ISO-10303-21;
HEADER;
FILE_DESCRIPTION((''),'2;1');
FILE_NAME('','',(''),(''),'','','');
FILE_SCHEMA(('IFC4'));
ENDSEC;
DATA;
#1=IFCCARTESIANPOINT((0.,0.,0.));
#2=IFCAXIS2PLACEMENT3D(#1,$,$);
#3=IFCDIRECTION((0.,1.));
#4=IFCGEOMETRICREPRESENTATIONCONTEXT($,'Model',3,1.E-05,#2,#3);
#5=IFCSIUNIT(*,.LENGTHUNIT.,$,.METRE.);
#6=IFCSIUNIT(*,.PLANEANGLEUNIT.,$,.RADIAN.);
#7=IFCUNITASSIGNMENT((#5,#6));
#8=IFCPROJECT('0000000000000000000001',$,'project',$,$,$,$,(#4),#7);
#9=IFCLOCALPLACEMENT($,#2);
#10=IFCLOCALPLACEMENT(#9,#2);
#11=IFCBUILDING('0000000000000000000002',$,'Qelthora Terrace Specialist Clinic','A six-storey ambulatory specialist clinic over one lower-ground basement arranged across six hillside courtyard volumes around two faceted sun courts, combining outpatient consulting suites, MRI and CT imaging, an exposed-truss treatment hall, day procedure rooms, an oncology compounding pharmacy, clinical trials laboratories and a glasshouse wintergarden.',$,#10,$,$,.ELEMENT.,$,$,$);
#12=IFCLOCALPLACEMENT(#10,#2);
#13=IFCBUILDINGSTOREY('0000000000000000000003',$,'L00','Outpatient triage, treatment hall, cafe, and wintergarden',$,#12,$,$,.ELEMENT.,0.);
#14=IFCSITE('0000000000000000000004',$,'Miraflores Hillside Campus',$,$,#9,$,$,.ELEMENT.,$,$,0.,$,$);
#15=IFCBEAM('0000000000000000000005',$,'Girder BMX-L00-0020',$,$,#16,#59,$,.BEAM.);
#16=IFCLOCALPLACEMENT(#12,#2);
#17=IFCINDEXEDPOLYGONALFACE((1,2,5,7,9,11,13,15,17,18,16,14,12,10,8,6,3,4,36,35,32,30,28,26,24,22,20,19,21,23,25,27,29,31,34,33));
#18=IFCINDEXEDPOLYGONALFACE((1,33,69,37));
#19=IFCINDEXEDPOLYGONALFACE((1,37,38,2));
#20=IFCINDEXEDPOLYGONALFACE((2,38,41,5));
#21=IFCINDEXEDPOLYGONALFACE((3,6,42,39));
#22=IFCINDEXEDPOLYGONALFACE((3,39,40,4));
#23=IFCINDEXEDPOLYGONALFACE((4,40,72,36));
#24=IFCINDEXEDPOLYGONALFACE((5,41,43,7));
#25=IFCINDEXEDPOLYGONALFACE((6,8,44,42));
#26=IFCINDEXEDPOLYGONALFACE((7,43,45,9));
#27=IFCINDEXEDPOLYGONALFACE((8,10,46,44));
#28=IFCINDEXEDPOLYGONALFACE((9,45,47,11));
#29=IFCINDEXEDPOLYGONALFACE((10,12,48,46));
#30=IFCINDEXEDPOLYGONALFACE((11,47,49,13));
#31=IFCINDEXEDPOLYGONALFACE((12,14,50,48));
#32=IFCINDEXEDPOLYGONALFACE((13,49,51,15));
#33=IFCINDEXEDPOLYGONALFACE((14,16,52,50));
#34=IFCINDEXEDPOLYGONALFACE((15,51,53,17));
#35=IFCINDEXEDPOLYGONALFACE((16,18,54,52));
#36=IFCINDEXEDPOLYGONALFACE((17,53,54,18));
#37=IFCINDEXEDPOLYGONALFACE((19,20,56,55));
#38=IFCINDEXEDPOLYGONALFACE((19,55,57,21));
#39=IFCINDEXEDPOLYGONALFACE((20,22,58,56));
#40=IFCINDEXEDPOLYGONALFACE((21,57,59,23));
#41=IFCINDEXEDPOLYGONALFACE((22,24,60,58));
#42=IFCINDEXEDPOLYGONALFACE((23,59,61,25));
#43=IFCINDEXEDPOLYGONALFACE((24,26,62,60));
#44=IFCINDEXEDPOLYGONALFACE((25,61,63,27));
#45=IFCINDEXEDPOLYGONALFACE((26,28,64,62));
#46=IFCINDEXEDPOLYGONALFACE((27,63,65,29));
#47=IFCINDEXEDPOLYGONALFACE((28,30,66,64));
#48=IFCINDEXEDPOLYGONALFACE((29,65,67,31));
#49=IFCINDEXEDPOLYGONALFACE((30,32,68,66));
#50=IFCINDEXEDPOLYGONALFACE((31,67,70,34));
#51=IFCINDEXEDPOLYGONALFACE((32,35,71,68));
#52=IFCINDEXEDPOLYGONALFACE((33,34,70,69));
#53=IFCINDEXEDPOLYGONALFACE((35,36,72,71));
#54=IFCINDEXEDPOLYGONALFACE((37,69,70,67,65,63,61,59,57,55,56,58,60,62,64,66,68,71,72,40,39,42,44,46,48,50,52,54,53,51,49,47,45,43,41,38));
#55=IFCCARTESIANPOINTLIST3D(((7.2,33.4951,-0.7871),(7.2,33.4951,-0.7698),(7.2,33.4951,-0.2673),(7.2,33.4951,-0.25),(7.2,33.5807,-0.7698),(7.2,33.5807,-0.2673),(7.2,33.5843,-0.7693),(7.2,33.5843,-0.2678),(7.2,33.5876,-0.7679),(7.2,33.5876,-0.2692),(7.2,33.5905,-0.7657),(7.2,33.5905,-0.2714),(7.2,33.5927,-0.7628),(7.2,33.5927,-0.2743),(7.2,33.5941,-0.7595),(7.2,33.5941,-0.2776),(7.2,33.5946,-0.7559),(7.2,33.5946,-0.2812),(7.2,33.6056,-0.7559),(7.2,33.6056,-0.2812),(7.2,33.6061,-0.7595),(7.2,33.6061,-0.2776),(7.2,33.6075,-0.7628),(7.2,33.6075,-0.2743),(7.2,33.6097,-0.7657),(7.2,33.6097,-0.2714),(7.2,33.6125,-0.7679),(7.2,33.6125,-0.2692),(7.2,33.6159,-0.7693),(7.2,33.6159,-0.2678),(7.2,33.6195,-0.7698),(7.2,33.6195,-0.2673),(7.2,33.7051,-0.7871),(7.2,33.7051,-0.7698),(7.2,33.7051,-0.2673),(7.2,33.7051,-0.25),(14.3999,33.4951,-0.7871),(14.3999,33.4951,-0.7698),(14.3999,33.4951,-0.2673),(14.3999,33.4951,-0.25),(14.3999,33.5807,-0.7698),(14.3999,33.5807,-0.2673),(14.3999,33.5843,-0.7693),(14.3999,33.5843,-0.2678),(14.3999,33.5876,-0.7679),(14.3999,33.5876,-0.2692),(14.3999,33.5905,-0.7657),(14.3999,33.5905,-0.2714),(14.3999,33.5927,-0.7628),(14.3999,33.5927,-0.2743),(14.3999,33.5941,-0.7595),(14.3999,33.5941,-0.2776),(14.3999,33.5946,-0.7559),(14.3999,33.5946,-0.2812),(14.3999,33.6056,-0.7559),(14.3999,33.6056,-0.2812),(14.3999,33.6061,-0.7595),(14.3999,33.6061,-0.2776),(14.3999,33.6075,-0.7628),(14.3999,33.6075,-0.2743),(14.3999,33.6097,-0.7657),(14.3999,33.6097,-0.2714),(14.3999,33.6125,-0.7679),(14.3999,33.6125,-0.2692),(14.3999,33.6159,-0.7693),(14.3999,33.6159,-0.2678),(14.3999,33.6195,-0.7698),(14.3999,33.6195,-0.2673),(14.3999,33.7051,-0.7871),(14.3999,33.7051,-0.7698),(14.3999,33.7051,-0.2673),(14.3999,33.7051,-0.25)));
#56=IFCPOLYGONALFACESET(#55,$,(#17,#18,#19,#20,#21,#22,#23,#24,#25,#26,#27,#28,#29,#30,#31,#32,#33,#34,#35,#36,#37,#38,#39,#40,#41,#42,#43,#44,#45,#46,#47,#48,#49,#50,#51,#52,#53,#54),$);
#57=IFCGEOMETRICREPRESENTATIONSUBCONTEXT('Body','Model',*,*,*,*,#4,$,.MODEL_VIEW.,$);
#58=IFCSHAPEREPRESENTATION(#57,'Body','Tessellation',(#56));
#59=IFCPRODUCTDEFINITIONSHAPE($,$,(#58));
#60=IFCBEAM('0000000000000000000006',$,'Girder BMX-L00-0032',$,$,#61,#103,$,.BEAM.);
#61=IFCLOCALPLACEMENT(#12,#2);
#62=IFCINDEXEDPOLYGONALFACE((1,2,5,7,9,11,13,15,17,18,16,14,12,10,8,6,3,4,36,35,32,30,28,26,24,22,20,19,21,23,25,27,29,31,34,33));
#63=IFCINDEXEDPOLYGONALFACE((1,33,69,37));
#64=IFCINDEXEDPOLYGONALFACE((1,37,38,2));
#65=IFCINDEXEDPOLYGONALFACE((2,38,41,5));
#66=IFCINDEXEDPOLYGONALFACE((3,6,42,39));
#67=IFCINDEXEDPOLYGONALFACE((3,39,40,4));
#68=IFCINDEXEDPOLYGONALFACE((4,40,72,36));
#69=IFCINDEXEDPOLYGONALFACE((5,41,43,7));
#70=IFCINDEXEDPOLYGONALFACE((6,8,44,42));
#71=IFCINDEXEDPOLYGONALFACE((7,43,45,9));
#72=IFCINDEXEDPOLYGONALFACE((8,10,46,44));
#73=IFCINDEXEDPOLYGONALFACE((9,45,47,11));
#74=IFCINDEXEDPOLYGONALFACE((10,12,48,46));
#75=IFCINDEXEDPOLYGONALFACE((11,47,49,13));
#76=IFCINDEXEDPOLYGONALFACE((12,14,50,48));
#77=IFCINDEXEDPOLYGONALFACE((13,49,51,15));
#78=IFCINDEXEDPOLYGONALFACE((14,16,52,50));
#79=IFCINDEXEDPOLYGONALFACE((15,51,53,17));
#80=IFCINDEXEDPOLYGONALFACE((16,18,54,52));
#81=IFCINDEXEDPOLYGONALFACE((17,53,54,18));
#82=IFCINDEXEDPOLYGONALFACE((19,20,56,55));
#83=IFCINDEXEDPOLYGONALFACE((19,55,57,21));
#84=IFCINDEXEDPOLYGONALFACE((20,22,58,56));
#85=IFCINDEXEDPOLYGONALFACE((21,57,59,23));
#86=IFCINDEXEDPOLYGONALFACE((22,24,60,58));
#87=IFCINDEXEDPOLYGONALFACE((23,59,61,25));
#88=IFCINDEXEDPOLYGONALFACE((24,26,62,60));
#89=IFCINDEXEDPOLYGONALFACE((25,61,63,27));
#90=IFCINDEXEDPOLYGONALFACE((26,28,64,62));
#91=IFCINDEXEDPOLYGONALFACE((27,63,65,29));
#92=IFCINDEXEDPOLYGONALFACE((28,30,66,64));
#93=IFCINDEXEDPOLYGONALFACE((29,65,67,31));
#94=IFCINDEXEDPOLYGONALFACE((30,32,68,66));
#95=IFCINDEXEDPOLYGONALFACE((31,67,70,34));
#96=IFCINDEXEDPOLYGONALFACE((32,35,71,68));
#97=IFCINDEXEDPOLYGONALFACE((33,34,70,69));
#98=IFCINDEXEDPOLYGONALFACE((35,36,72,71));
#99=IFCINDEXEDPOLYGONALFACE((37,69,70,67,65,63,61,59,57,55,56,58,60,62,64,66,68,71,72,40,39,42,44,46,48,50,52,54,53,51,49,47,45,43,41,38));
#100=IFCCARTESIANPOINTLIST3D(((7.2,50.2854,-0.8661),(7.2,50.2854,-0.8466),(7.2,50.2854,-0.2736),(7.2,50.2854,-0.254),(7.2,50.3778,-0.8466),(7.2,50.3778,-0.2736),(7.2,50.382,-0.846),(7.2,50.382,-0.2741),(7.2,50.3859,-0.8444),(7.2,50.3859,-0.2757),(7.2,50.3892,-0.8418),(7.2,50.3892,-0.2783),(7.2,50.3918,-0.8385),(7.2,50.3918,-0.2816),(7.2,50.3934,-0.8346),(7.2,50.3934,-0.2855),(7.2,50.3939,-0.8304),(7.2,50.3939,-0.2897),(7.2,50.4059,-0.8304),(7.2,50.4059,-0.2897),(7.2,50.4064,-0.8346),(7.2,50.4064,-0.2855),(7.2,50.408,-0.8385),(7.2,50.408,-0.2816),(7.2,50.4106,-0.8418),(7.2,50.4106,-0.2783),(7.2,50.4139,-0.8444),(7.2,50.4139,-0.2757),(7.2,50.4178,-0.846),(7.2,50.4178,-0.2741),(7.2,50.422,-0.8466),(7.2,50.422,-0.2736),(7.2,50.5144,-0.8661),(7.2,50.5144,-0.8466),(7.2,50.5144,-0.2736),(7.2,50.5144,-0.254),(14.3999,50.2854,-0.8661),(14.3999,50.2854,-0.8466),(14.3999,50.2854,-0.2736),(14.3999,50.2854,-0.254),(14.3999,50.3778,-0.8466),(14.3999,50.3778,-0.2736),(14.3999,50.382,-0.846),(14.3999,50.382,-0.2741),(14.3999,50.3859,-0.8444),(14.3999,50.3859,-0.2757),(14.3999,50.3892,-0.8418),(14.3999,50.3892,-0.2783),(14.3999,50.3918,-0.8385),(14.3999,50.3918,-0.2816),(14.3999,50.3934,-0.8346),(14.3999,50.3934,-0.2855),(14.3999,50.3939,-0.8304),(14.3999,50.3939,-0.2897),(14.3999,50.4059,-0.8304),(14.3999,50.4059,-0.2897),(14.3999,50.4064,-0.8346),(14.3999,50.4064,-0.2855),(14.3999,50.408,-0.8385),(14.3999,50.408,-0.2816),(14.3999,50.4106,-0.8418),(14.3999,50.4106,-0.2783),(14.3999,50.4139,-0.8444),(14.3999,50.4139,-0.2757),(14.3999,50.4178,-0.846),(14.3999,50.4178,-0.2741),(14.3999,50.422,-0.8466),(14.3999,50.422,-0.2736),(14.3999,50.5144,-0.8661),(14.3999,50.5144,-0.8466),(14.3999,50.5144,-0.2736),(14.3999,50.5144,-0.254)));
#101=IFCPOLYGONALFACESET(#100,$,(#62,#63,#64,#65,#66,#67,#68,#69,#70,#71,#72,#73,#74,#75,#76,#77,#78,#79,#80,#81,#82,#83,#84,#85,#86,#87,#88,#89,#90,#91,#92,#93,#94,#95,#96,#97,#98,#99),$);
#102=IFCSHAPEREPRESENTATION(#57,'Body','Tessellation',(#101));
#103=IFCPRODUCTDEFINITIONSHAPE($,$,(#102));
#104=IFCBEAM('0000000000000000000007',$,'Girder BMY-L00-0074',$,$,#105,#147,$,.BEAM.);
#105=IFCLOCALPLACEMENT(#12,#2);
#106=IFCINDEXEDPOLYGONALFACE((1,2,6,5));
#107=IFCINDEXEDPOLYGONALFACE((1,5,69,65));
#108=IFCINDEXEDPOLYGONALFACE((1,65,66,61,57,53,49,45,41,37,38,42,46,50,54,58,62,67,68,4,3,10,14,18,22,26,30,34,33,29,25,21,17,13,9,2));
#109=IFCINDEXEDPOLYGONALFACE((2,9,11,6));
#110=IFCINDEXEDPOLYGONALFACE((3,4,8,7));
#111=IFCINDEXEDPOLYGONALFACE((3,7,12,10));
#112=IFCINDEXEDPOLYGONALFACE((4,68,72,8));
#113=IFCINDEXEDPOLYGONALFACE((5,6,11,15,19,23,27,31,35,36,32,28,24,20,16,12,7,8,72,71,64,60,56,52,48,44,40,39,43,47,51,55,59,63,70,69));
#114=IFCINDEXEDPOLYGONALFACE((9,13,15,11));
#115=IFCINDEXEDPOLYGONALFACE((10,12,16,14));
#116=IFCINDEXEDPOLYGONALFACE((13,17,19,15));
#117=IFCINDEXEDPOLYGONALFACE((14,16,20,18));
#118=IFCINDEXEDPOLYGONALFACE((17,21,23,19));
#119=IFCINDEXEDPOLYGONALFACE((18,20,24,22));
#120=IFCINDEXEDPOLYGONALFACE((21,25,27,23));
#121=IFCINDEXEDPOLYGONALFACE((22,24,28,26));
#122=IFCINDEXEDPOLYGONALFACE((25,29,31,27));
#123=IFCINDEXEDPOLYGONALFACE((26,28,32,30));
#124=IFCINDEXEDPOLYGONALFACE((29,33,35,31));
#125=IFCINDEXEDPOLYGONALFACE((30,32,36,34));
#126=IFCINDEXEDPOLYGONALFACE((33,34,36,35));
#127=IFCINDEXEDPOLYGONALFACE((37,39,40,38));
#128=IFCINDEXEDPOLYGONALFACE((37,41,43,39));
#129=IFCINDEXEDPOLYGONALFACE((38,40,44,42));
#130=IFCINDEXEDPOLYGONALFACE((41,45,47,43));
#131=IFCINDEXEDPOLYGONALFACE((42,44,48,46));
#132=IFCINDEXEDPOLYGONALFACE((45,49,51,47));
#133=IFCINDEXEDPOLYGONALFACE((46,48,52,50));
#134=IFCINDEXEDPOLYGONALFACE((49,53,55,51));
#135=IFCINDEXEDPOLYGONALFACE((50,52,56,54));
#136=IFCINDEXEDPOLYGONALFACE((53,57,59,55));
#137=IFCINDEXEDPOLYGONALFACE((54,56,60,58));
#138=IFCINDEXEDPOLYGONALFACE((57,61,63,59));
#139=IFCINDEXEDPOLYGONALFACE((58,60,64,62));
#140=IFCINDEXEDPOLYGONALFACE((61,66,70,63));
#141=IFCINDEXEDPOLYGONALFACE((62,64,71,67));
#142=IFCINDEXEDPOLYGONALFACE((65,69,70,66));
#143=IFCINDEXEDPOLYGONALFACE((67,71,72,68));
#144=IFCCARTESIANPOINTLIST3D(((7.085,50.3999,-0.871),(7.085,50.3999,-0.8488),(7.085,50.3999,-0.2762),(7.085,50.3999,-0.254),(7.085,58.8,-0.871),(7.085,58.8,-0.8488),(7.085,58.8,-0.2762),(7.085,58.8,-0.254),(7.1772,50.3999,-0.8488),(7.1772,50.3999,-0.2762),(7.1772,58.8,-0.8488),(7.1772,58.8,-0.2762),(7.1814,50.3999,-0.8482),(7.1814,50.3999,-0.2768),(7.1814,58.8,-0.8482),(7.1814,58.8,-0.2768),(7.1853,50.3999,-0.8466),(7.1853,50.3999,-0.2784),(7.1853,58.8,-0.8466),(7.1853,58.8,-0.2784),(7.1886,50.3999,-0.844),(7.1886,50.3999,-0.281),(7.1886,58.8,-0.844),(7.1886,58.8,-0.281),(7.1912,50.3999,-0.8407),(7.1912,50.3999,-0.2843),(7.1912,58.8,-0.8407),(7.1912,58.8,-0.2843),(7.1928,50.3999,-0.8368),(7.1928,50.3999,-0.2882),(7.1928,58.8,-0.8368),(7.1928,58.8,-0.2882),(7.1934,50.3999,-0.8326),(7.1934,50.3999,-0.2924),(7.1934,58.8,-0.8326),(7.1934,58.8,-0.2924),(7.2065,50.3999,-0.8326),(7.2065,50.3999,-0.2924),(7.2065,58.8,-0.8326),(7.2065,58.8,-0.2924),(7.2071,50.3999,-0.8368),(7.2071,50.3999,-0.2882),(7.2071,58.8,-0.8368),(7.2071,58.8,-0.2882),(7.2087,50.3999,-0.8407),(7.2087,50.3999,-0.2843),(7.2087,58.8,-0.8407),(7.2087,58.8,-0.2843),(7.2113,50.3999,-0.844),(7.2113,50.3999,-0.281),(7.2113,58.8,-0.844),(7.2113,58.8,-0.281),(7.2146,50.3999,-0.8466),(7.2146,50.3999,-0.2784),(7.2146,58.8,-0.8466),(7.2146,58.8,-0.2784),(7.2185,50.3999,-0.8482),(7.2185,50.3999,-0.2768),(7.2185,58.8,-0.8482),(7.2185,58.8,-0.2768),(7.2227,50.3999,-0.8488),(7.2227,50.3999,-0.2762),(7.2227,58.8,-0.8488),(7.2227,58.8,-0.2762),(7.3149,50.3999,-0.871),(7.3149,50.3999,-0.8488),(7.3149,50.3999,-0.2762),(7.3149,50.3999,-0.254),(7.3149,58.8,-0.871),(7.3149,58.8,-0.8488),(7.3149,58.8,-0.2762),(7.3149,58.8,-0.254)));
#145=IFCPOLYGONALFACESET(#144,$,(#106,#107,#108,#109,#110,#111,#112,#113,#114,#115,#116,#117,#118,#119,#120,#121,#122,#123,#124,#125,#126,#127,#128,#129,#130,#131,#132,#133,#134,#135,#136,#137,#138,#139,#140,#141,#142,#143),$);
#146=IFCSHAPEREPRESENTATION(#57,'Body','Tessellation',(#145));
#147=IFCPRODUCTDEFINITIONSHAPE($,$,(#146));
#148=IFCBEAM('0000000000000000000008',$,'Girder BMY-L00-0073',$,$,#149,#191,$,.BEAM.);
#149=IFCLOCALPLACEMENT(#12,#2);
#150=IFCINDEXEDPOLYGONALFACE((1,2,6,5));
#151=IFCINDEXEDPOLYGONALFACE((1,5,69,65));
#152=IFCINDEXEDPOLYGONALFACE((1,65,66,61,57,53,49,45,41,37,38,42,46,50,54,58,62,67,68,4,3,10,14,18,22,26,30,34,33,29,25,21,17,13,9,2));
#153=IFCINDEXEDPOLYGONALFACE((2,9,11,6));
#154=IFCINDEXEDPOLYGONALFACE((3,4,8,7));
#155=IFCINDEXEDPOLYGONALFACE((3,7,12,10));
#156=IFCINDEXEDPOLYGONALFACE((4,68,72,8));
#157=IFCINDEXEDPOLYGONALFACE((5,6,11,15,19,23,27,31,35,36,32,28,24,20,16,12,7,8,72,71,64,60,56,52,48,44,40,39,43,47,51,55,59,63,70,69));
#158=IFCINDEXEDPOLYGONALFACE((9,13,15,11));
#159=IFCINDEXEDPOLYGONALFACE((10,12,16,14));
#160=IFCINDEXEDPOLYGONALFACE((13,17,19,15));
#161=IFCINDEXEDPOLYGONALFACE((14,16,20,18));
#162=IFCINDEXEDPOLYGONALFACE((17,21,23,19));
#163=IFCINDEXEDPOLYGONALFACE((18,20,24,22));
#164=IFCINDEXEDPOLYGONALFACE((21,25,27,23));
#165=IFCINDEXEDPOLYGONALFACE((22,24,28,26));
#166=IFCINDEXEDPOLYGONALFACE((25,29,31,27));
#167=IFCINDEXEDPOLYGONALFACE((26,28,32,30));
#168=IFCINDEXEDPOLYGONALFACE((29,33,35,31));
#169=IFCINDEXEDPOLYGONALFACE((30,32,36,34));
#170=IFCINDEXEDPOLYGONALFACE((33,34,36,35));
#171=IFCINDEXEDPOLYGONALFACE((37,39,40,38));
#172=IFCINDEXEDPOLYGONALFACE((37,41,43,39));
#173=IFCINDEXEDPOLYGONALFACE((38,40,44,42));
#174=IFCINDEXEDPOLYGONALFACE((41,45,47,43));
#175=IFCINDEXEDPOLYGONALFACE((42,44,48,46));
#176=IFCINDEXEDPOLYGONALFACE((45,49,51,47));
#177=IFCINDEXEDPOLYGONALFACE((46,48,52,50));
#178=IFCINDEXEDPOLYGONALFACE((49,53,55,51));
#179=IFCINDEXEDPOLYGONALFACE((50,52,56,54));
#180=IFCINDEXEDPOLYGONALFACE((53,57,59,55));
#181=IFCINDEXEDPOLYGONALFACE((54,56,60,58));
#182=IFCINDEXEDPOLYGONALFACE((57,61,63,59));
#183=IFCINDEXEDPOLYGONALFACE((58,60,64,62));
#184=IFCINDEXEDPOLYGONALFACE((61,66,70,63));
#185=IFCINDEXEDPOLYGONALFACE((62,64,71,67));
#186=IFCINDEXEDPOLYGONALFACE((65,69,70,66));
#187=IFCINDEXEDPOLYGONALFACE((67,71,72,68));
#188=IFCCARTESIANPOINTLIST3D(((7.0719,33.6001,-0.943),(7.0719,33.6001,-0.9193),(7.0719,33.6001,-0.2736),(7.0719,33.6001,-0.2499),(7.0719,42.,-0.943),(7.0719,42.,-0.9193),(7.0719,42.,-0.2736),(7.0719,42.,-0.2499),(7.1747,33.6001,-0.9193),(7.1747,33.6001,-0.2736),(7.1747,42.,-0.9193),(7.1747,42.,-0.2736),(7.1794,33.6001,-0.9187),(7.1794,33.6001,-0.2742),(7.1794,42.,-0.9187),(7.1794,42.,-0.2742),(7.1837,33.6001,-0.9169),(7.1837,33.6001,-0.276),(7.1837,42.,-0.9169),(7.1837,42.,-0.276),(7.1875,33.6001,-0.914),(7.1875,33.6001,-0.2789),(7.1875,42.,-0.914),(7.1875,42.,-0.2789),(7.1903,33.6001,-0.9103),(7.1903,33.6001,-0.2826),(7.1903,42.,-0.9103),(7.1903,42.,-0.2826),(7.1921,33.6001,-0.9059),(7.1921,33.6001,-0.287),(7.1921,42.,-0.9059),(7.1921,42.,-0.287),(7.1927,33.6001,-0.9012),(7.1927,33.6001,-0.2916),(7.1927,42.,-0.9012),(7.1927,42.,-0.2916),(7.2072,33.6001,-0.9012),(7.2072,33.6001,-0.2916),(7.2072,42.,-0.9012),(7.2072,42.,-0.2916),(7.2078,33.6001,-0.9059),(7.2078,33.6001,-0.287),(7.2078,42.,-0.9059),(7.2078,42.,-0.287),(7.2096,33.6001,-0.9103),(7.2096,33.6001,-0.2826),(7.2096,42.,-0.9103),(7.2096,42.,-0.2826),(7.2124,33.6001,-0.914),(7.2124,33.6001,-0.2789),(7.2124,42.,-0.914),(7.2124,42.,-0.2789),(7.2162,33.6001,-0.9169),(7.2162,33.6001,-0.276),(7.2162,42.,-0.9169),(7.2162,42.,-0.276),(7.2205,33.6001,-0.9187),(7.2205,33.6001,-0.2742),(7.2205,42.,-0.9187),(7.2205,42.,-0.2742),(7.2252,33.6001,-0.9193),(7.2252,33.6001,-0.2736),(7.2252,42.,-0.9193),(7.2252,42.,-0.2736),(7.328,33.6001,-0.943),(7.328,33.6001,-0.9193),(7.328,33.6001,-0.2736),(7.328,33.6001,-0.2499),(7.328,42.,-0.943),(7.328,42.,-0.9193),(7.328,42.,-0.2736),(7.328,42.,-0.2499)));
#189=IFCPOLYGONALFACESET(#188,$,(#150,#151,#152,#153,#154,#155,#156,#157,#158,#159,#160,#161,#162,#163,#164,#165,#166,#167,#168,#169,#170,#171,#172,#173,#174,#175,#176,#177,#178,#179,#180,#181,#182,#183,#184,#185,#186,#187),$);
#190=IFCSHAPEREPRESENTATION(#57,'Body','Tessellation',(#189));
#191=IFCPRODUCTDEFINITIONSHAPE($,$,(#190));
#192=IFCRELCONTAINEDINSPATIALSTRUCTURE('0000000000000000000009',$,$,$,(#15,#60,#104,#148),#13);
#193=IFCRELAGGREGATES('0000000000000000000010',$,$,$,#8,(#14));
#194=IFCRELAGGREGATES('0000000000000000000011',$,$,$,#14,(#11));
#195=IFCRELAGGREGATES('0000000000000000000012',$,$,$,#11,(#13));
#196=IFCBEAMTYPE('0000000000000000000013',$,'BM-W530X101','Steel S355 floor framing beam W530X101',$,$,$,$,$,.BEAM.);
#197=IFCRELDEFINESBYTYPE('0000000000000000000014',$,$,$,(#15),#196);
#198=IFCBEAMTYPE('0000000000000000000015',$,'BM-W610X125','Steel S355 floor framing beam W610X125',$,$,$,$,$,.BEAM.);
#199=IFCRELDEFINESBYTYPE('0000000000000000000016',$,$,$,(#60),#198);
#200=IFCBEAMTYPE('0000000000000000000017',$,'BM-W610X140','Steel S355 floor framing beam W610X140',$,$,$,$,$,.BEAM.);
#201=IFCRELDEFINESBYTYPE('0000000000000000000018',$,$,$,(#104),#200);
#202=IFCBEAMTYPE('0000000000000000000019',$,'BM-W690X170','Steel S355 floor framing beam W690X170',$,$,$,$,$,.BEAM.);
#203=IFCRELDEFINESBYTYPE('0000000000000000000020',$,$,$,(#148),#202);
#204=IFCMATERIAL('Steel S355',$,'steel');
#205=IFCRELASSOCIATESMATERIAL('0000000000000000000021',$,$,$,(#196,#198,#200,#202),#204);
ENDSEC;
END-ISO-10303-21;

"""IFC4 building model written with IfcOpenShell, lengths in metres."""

from ifc_helpers import new_model, si_unit, direction, frame, origin, origin_2d, place, context, subcontext, project, spatial, i_section, extrude, material, material_profile, profile_set, type_object, element, save


model = new_model("IFC4")

# Units and contexts
model_context = context("Model", 3, precision=1e-05, world=origin(), true_north=direction((0.0, 1.0)))
body_context = subcontext(model_context, "Body", "Model", "MODEL_VIEW")
ifc_project = project(units=[si_unit("LENGTHUNIT", "METRE"), si_unit("PLANEANGLEUNIT", "RADIAN")], contexts=[model_context])

# Site, building, storey
site_placement = place(None, origin())
site = spatial("IfcSite", under=ifc_project, at=site_placement, Name="Miraflores Hillside Campus", CompositionType="ELEMENT", RefElevation=0.0)
building_placement = place(site_placement, origin())
building = spatial("IfcBuilding", under=site, at=building_placement, Name="Qelthora Terrace Specialist Clinic", Description="A six-storey ambulatory specialist clinic over one lower-ground basement arranged across six hillside courtyard volumes around two faceted sun courts, combining outpatient consulting suites, MRI and CT imaging, an exposed-truss treatment hall, day procedure rooms, an oncology compounding pharmacy, clinical trials laboratories and a glasshouse wintergarden.", CompositionType="ELEMENT")
storey_placement = place(building_placement, origin())
storey = spatial("IfcBuildingStorey", under=building, at=storey_placement, Name="L00", Description="Outpatient triage, treatment hall, cafe, and wintergarden", CompositionType="ELEMENT", Elevation=0.0)

# Shared definitions
ifc_material_1 = material(Name="Steel S355", Category="steel")

# Beams
ifc_material_profile_1 = material_profile(ifc_material_1, i_section(OverallWidth=0.21, OverallDepth=0.5371, WebThickness=0.011, FlangeThickness=0.0173, FilletRadius=0.0139, at=origin_2d()), Name="W530X101")
ifc_profile_set_1 = profile_set([ifc_material_profile_1], Name="Steel S355")
beam_type_1 = type_object("IfcBeamType", Name="BM-W530X101", Description="Steel S355 floor framing beam W530X101", PredefinedType="BEAM", material=ifc_profile_set_1)
beam_1_placement = place(storey_placement, frame((7.2, 33.6001, -0.5186), z_axis=(1.0, 0.0, 0.0), x_axis=(0.0, 1.0, 0.0)))
element("IfcBeam", 1, at=beam_1_placement, inside=storey, type_object=beam_type_1, Name="Girder BMX-L00-0020", PredefinedType="BEAM", context=body_context, shape_type="SweptSolid", body=[
    extrude(i_section(OverallWidth=0.21, OverallDepth=0.5371, WebThickness=0.011, FlangeThickness=0.0173, FilletRadius=0.0139, at=origin_2d()), origin(), (0.0, 0.0, 1.0), 7.2),
])
ifc_material_profile_2 = material_profile(ifc_material_1, i_section(OverallWidth=0.229, OverallDepth=0.6121, WebThickness=0.012, FlangeThickness=0.0195, FilletRadius=0.0161, at=origin_2d()), Name="W610X125")
ifc_profile_set_2 = profile_set([ifc_material_profile_2], Name="Steel S355")
beam_type_2 = type_object("IfcBeamType", Name="BM-W610X125", Description="Steel S355 floor framing beam W610X125", PredefinedType="BEAM", material=ifc_profile_set_2)
beam_2_placement = place(storey_placement, frame((7.2, 50.3999, -0.5601), z_axis=(1.0, 0.0, 0.0), x_axis=(0.0, 1.0, 0.0)))
element("IfcBeam", 2, at=beam_2_placement, inside=storey, type_object=beam_type_2, Name="Girder BMX-L00-0032", PredefinedType="BEAM", context=body_context, shape_type="SweptSolid", body=[
    extrude(i_section(OverallWidth=0.229, OverallDepth=0.6121, WebThickness=0.012, FlangeThickness=0.0195, FilletRadius=0.0161, at=origin_2d()), origin(), (0.0, 0.0, 1.0), 7.2),
])
ifc_material_profile_3 = material_profile(ifc_material_1, i_section(OverallWidth=0.23, OverallDepth=0.6169, WebThickness=0.0132, FlangeThickness=0.0222, FilletRadius=0.0161, at=origin_2d()), Name="W610X140")
ifc_profile_set_3 = profile_set([ifc_material_profile_3], Name="Steel S355")
beam_type_3 = type_object("IfcBeamType", Name="BM-W610X140", Description="Steel S355 floor framing beam W610X140", PredefinedType="BEAM", material=ifc_profile_set_3)
beam_3_placement = place(storey_placement, frame((7.2, 50.3999, -0.5625), z_axis=(0.0, 1.0, 0.0), x_axis=(-1.0, 0.0, 0.0)))
element("IfcBeam", 3, at=beam_3_placement, inside=storey, type_object=beam_type_3, Name="Girder BMY-L00-0074", PredefinedType="BEAM", context=body_context, shape_type="SweptSolid", body=[
    extrude(i_section(OverallWidth=0.23, OverallDepth=0.6169, WebThickness=0.0132, FlangeThickness=0.0222, FilletRadius=0.0161, at=origin_2d()), origin(), (0.0, 0.0, 1.0), 8.4001),
])
ifc_material_profile_4 = material_profile(ifc_material_1, i_section(OverallWidth=0.2561, OverallDepth=0.6931, WebThickness=0.0144, FlangeThickness=0.0237, FilletRadius=0.0181, at=origin_2d()), Name="W690X170")
ifc_profile_set_4 = profile_set([ifc_material_profile_4], Name="Steel S355")
beam_type_4 = type_object("IfcBeamType", Name="BM-W690X170", Description="Steel S355 floor framing beam W690X170", PredefinedType="BEAM", material=ifc_profile_set_4)
beam_4_placement = place(storey_placement, frame((7.2, 33.6001, -0.5964), z_axis=(0.0, 1.0, 0.0), x_axis=(-1.0, 0.0, 0.0)))
element("IfcBeam", 4, at=beam_4_placement, inside=storey, type_object=beam_type_4, Name="Girder BMY-L00-0073", PredefinedType="BEAM", context=body_context, shape_type="SweptSolid", body=[
    extrude(i_section(OverallWidth=0.2561, OverallDepth=0.6931, WebThickness=0.0144, FlangeThickness=0.0237, FilletRadius=0.0181, at=origin_2d()), origin(), (0.0, 0.0, 1.0), 8.3999),
])

save(model, "model.ifc")
